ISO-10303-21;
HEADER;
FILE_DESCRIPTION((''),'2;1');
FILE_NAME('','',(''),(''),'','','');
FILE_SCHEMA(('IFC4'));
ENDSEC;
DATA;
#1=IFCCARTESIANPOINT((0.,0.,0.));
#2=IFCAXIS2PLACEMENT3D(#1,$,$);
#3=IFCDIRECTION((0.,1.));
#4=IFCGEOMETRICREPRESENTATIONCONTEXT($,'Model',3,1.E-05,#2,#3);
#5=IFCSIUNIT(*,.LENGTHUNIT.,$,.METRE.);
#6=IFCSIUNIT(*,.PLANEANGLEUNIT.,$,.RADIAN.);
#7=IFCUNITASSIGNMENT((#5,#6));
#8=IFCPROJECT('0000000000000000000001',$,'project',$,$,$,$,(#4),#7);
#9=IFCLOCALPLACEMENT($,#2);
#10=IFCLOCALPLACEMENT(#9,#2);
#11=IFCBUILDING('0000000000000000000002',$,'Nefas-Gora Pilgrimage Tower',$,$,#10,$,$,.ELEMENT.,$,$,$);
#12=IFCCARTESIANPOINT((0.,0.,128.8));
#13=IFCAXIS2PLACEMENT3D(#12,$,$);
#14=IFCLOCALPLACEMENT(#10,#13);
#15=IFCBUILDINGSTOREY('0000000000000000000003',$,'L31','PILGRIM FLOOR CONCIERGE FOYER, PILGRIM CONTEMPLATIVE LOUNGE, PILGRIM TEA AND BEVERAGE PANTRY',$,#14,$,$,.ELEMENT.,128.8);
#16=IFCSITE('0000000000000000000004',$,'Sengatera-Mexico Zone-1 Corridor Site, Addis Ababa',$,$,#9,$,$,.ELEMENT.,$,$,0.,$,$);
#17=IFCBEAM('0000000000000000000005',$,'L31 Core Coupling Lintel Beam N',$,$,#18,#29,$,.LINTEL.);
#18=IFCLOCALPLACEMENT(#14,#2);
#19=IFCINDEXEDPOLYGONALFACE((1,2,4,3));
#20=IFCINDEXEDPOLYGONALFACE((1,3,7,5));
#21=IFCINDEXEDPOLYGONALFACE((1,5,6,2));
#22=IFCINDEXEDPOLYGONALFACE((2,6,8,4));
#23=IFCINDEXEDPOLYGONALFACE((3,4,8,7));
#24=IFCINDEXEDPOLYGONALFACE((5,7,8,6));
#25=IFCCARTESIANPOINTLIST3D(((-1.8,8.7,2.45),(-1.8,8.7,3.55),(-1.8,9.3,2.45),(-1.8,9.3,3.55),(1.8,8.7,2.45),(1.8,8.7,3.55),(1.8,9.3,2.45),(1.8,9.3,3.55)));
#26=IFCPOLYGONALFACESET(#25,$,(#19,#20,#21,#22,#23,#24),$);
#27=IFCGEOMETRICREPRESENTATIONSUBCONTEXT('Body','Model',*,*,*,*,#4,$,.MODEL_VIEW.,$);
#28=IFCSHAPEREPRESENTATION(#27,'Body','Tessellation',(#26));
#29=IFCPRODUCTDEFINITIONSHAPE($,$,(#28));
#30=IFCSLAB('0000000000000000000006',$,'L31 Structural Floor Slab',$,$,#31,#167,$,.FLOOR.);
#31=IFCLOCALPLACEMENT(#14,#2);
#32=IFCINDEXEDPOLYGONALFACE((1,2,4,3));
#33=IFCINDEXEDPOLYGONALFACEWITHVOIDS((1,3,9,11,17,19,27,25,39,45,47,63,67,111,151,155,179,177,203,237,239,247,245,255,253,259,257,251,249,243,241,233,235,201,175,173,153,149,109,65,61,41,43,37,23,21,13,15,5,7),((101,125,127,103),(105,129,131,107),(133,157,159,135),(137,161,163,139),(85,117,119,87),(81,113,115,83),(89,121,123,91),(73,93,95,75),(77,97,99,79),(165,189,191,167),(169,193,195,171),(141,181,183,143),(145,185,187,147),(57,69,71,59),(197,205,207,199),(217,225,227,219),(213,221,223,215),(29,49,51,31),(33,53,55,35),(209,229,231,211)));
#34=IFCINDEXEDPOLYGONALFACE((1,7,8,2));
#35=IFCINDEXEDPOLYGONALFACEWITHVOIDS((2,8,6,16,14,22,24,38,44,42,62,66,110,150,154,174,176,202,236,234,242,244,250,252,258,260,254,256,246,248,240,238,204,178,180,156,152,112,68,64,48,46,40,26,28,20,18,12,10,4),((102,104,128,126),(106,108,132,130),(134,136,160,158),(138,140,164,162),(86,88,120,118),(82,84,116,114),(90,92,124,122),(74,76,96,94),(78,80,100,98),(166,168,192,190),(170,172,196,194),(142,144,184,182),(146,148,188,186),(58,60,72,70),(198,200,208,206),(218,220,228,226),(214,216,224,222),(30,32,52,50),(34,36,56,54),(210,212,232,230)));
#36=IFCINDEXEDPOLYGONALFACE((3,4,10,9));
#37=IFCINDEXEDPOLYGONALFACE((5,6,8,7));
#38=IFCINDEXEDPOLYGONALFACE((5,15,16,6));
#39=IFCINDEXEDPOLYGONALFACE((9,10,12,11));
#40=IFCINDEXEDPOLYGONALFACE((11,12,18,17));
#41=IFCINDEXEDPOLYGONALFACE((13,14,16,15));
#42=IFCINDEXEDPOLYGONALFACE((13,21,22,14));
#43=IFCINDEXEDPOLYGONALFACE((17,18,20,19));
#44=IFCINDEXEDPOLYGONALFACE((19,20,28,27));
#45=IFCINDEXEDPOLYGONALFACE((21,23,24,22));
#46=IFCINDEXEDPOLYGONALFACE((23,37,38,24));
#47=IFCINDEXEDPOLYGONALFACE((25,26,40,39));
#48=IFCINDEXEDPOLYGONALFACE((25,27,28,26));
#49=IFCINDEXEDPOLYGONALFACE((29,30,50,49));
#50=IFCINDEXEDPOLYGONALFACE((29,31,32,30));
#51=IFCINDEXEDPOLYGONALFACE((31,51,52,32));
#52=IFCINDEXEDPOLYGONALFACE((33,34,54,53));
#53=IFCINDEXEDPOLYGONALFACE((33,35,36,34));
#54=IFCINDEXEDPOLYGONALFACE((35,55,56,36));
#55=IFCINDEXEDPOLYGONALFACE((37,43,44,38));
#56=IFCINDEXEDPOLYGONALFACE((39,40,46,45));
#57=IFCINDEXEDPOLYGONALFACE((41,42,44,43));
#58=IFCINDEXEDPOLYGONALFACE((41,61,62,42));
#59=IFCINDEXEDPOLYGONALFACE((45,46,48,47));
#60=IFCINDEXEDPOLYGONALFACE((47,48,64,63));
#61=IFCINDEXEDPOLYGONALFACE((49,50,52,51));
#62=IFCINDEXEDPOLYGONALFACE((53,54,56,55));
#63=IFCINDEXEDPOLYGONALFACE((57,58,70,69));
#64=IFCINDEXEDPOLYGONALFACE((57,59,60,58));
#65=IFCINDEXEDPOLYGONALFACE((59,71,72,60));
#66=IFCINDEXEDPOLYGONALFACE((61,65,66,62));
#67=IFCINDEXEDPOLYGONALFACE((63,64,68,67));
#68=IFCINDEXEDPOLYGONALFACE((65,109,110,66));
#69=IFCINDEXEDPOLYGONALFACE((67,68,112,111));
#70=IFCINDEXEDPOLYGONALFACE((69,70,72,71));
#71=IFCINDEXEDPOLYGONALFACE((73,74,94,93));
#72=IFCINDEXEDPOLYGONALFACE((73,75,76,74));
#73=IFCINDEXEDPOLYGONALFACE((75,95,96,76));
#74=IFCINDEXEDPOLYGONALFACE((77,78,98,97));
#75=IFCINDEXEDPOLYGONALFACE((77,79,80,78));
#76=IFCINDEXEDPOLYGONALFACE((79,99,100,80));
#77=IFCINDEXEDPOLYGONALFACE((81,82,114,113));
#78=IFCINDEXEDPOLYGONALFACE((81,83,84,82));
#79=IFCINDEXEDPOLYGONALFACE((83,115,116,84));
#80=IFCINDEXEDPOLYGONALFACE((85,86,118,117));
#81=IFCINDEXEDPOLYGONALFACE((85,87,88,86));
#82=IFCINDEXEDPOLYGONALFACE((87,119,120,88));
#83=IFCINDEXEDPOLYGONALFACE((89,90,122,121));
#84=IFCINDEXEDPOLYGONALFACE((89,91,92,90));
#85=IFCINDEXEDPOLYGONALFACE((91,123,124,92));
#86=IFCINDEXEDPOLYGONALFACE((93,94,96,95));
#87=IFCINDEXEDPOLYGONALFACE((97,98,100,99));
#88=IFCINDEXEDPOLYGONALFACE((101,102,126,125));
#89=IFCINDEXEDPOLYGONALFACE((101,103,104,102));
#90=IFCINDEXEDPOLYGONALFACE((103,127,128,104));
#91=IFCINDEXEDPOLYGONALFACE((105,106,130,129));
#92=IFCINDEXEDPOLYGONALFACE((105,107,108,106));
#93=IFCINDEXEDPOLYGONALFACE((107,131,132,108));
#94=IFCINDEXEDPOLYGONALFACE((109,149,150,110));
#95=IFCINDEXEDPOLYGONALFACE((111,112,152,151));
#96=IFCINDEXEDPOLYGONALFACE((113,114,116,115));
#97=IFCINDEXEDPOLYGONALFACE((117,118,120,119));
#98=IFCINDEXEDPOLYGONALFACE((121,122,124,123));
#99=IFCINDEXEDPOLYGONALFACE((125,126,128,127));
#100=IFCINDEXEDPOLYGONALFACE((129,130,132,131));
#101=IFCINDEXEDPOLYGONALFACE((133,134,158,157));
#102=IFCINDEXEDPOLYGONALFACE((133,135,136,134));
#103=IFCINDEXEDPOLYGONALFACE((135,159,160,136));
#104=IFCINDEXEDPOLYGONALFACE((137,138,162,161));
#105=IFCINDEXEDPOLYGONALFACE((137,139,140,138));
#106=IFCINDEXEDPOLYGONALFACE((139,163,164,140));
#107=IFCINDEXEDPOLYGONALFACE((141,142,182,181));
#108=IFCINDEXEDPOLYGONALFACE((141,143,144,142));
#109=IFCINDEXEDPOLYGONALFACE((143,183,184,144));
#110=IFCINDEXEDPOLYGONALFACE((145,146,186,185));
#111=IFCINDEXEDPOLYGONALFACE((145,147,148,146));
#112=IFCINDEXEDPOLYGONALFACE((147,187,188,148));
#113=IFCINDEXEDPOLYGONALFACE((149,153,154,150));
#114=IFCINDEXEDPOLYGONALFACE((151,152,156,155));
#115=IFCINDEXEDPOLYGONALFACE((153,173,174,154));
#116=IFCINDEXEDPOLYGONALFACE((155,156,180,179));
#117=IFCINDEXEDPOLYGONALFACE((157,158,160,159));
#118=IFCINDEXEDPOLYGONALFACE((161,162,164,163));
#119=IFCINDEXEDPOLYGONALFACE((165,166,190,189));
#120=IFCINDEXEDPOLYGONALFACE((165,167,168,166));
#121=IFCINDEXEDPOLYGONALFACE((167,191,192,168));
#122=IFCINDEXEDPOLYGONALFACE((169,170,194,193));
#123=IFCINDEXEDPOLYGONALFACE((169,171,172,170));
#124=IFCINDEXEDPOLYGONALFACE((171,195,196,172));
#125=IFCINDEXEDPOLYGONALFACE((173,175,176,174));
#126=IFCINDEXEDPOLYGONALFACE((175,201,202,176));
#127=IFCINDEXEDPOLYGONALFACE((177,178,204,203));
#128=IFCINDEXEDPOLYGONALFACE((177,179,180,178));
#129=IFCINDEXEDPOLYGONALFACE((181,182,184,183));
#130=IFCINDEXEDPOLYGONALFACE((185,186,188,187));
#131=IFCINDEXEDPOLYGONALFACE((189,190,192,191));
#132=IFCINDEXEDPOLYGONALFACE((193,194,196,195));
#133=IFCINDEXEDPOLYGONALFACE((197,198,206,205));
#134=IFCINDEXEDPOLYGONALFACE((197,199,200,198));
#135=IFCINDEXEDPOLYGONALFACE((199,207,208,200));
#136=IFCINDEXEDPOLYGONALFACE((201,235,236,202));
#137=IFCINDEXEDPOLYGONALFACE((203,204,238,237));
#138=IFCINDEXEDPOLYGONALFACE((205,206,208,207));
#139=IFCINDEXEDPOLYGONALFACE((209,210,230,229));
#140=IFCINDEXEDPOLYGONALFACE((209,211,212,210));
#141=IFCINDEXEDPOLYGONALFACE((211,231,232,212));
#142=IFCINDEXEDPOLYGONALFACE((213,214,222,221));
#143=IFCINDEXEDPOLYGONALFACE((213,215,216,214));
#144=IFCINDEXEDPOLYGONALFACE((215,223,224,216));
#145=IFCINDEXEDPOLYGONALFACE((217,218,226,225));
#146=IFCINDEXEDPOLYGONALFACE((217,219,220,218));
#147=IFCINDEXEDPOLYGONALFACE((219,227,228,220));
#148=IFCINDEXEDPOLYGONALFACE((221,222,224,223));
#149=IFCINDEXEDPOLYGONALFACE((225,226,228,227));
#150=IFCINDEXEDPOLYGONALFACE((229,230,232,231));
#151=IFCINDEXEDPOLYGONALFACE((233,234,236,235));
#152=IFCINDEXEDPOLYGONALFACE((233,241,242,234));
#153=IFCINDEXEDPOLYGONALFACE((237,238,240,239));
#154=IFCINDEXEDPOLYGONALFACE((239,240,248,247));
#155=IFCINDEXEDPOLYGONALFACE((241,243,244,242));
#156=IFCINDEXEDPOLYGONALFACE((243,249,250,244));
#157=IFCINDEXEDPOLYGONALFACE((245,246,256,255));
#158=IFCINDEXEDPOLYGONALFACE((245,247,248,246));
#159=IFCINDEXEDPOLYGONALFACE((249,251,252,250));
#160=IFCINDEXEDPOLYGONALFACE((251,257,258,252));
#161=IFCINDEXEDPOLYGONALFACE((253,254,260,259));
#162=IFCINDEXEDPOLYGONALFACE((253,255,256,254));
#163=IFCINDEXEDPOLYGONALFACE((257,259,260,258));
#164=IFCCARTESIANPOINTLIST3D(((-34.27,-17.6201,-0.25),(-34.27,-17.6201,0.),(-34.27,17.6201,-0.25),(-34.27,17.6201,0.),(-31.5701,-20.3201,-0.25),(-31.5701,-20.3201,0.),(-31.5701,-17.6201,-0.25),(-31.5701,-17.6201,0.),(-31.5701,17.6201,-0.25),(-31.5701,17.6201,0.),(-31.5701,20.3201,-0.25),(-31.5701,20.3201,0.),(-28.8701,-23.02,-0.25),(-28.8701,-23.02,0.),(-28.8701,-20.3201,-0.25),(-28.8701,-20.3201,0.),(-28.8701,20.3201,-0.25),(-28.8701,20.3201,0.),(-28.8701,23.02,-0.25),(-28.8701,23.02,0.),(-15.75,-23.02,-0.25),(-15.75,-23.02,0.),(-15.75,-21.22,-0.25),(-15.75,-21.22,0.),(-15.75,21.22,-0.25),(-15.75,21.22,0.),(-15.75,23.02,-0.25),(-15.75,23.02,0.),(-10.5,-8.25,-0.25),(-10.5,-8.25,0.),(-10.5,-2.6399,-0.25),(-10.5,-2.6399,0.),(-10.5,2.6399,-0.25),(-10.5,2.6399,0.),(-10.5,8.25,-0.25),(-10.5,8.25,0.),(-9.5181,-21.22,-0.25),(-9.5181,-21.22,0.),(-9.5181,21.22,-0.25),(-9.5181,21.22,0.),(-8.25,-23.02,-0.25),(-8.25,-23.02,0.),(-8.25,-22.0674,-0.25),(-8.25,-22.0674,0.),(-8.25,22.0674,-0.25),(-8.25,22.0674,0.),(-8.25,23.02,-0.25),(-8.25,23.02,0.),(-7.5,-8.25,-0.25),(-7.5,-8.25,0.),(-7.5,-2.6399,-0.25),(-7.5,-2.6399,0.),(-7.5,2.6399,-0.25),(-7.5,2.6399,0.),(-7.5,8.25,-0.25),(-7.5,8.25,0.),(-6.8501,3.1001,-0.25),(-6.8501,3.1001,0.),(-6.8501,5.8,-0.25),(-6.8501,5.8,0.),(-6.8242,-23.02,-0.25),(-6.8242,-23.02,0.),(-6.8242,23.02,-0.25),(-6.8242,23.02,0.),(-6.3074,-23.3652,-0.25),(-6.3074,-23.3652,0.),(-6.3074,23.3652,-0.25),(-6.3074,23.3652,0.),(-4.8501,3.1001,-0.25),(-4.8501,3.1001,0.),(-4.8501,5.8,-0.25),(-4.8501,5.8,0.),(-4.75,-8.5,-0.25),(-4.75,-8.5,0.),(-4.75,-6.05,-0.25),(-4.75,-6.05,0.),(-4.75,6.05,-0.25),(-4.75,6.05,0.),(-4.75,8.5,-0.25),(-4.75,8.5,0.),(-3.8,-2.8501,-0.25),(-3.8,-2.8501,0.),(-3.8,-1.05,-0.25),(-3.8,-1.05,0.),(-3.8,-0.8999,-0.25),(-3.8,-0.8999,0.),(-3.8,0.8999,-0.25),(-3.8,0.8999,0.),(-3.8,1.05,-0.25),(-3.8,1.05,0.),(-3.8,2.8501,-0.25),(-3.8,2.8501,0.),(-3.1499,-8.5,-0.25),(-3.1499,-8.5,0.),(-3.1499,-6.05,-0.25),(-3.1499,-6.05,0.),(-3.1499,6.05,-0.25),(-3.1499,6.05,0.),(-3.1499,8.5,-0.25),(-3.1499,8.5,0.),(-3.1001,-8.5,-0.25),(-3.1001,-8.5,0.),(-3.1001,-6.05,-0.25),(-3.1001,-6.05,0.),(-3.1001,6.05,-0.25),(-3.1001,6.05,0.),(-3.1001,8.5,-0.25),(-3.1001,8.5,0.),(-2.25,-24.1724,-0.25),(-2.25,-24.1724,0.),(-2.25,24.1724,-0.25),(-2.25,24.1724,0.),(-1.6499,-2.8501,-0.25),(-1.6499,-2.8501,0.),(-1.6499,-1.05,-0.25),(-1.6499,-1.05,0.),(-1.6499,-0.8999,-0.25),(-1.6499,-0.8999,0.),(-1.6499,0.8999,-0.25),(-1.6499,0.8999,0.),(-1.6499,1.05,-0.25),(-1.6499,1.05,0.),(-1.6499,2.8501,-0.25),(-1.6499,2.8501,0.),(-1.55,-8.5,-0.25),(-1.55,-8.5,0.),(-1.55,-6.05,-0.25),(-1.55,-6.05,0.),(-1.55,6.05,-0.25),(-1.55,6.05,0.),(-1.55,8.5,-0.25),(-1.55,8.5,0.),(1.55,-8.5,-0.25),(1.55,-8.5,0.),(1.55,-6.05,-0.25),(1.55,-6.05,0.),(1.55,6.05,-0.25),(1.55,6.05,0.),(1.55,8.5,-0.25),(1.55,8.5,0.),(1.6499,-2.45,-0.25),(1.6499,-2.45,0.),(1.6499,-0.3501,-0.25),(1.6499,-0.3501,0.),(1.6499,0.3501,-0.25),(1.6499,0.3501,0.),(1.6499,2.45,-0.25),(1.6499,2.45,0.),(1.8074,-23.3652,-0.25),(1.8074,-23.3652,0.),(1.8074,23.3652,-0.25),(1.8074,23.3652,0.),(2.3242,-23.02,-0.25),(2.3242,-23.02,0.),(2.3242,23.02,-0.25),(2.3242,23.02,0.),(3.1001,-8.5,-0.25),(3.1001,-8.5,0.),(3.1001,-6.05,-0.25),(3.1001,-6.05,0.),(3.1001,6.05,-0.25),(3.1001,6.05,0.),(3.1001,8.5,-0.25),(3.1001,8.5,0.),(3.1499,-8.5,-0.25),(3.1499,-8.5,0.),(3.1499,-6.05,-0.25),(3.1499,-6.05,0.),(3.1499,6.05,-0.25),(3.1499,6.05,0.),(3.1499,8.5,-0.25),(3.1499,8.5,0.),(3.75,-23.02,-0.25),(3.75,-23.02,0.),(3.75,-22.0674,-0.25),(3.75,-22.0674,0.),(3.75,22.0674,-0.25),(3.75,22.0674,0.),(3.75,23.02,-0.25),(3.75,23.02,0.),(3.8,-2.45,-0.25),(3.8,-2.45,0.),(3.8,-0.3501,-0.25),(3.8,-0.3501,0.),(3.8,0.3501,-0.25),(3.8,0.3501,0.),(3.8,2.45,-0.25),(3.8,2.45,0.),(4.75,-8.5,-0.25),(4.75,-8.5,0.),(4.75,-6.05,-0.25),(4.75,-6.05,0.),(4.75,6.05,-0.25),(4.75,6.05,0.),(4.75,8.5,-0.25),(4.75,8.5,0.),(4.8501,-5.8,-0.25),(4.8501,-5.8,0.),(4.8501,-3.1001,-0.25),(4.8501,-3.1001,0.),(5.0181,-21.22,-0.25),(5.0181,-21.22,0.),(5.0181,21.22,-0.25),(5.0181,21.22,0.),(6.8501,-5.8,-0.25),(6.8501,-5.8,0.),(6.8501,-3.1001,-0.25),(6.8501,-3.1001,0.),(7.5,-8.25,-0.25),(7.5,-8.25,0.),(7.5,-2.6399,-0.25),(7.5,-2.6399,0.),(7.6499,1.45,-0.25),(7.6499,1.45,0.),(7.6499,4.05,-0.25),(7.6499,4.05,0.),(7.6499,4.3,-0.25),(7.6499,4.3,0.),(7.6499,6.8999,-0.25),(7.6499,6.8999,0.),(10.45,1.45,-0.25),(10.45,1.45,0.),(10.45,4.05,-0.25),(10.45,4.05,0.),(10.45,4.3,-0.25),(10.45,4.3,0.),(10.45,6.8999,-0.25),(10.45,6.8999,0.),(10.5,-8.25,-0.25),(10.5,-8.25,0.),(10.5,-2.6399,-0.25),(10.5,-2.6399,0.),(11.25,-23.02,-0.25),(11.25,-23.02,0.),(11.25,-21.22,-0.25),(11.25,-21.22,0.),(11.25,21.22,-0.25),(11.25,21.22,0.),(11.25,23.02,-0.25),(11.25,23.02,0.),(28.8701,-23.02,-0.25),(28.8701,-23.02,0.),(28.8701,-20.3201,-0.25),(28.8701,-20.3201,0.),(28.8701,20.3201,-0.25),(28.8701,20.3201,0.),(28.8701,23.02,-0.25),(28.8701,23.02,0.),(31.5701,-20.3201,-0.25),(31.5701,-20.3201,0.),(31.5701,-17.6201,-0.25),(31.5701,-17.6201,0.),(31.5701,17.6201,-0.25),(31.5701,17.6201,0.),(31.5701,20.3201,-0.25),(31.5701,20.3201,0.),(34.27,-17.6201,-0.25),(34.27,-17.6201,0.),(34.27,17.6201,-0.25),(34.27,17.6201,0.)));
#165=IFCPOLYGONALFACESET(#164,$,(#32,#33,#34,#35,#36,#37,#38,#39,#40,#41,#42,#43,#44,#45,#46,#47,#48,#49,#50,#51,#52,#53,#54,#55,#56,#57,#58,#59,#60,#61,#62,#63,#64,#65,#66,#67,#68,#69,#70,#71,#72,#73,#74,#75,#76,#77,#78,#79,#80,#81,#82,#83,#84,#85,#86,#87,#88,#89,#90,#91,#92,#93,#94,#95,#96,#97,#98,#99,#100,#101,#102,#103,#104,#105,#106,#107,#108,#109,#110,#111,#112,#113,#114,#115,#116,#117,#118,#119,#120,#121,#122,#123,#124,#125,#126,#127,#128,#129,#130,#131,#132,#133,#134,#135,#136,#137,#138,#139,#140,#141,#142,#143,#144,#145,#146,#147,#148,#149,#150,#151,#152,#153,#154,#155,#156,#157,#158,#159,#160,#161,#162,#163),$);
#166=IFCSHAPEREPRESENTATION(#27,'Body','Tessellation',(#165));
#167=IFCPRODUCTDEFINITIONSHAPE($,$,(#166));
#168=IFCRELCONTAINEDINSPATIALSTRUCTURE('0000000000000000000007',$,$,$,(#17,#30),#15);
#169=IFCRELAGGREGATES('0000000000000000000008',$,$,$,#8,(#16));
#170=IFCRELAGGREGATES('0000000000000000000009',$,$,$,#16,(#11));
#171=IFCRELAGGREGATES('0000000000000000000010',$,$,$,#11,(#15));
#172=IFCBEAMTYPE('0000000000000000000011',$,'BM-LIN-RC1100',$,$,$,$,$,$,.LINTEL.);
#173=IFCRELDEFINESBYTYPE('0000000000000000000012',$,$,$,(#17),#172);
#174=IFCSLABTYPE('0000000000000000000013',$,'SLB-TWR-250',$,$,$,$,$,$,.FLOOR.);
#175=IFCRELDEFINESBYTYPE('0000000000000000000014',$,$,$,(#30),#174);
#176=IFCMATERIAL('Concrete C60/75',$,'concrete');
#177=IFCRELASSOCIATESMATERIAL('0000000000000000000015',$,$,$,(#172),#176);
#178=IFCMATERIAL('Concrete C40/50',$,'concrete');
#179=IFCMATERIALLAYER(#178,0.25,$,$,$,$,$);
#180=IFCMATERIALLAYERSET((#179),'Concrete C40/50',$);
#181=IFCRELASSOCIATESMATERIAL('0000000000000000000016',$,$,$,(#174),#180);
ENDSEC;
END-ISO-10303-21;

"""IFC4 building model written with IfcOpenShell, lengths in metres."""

from ifc_helpers import new_model, si_unit, direction, frame, origin, origin_2d, place, context, subcontext, project, spatial, polyline, rectangle, outline, extrude, source, transform, mapped, material, layer, layer_set, material_profile, profile_set, type_object, element, save


model = new_model("IFC4")

# Units and contexts
model_context = context("Model", 3, precision=1e-05, world=origin(), true_north=direction((0.0, 1.0)))
body_context = subcontext(model_context, "Body", "Model", "MODEL_VIEW")
ifc_project = project(units=[si_unit("LENGTHUNIT", "METRE"), si_unit("PLANEANGLEUNIT", "RADIAN")], contexts=[model_context])

# Site, building, storey
site_placement = place(None, origin())
site = spatial("IfcSite", under=ifc_project, at=site_placement, Name="Sengatera-Mexico Zone-1 Corridor Site, Addis Ababa", CompositionType="ELEMENT", RefElevation=0.0)
building_placement = place(site_placement, origin())
building = spatial("IfcBuilding", under=site, at=building_placement, Name="Nefas-Gora Pilgrimage Tower", CompositionType="ELEMENT")
storey_placement = place(building_placement, frame((0.0, 0.0, 128.8)))
storey = spatial("IfcBuildingStorey", under=building, at=storey_placement, Name="L31", Description="PILGRIM FLOOR CONCIERGE FOYER, PILGRIM CONTEMPLATIVE LOUNGE, PILGRIM TEA AND BEVERAGE PANTRY", CompositionType="ELEMENT", Elevation=128.8)

# Beam
ifc_material_1 = material(Name="Concrete C60/75", Category="concrete")
ifc_material_profile = material_profile(ifc_material_1, rectangle(XDim=0.6001, YDim=1.1001, at=origin_2d()), Name="RC 600x1100")
ifc_profile_set = profile_set([ifc_material_profile], Name="Concrete C60/75")
beam_type = type_object("IfcBeamType", Name="BM-LIN-RC1100", PredefinedType="LINTEL", material=ifc_profile_set)
shared_shape_1 = source(origin(), body_context, "Body", "SweptSolid", [
    extrude(rectangle(XDim=0.6001, YDim=1.1001, at=origin_2d()), origin(), (0.0, 0.0, 1.0), 3.6001),
])
beam_placement = place(storey_placement, frame((-1.8, 9.0, 3.0), z_axis=(1.0, 0.0, 0.0), x_axis=(0.0, 1.0, 0.0)))
element("IfcBeam", 1, at=beam_placement, inside=storey, type_object=beam_type, Name="L31 Core Coupling Lintel Beam N", PredefinedType="LINTEL", context=body_context, shape_type="MappedRepresentation", body=[
    mapped(shared_shape_1, transform((0.0, 0.0, 0.0), x_axis=(1.0, 0.0, 0.0), y_axis=(0.0, 1.0, 0.0), z_axis=(0.0, 0.0, 1.0), scale=1.0)),
])

# Slab
ifc_material_2 = material(Name="Concrete C40/50", Category="concrete")
ifc_layer_1 = layer(ifc_material_2, 0.25)
ifc_layer_set_1 = layer_set([ifc_layer_1], Name="Concrete C40/50")
slab_type_1 = type_object("IfcSlabType", Name="SLB-TWR-250", PredefinedType="FLOOR", material=ifc_layer_set_1)
slab_1_placement = place(storey_placement, frame((0.0, 0.0, -0.25)))
element("IfcSlab", 2, at=slab_1_placement, inside=storey, type_object=slab_type_1, Name="L31 Structural Floor Slab", PredefinedType="FLOOR", context=body_context, shape_type="SweptSolid", body=[
    extrude(outline(polyline([(5.0181, -21.22), (11.25, -21.22), (11.25, -23.02), (28.8701, -23.02), (28.8701, -20.3201), (31.5701, -20.3201), (31.5701, -17.6201), (34.27, -17.6201), (34.27, 17.6201), (31.5701, 17.6201), (31.5701, 20.3201), (28.8701, 20.3201), (28.8701, 23.02), (11.25, 23.02), (11.25, 21.22), (5.0181, 21.22), (3.75, 22.0674), (3.75, 23.02), (2.3242, 23.02), (1.8074, 23.3652), (-2.25, 24.1724), (-6.3074, 23.3652), (-6.8242, 23.02), (-8.25, 23.02), (-8.25, 22.0674), (-9.5181, 21.22), (-15.75, 21.22), (-15.75, 23.02), (-28.8701, 23.02), (-28.8701, 20.3201), (-31.5701, 20.3201), (-31.5701, 17.6201), (-34.27, 17.6201), (-34.27, -17.6201), (-31.5701, -17.6201), (-31.5701, -20.3201), (-28.8701, -20.3201), (-28.8701, -23.02), (-15.75, -23.02), (-15.75, -21.22), (-9.5181, -21.22), (-8.25, -22.0674), (-8.25, -23.02), (-6.8242, -23.02), (-6.3074, -23.3652), (-2.25, -24.1724), (1.8074, -23.3652), (2.3242, -23.02), (3.75, -23.02), (3.75, -22.0674), (5.0181, -21.22)]), holes=[polyline([(-10.5, 2.6399), (-10.5, 8.25), (-7.5, 8.25), (-7.5, 2.6399), (-10.5, 2.6399)]), polyline([(10.5, -2.6399), (10.5, -8.25), (7.5, -8.25), (7.5, -2.6399), (10.5, -2.6399)]), polyline([(-7.5, -2.6399), (-7.5, -8.25), (-10.5, -8.25), (-10.5, -2.6399), (-7.5, -2.6399)]), polyline([(-6.8501, 5.8), (-4.8501, 5.8), (-4.8501, 3.1001), (-6.8501, 3.1001), (-6.8501, 5.8)]), polyline([(4.8501, -3.1001), (6.8501, -3.1001), (6.8501, -5.8), (4.8501, -5.8), (4.8501, -3.1001)]), polyline([(7.6499, 4.05), (10.45, 4.05), (10.45, 1.45), (7.6499, 1.45), (7.6499, 4.05)]), polyline([(7.6499, 6.8999), (10.45, 6.8999), (10.45, 4.3), (7.6499, 4.3), (7.6499, 6.8999)]), polyline([(-4.75, 8.5), (-3.1499, 8.5), (-3.1499, 6.05), (-4.75, 6.05), (-4.75, 8.5)]), polyline([(-3.1001, 8.5), (-1.55, 8.5), (-1.55, 6.05), (-3.1001, 6.05), (-3.1001, 8.5)]), polyline([(1.55, 8.5), (3.1001, 8.5), (3.1001, 6.05), (1.55, 6.05), (1.55, 8.5)]), polyline([(3.1499, 8.5), (4.75, 8.5), (4.75, 6.05), (3.1499, 6.05), (3.1499, 8.5)]), polyline([(-4.75, -6.05), (-3.1499, -6.05), (-3.1499, -8.5), (-4.75, -8.5), (-4.75, -6.05)]), polyline([(-3.1001, -6.05), (-1.55, -6.05), (-1.55, -8.5), (-3.1001, -8.5), (-3.1001, -6.05)]), polyline([(1.55, -6.05), (3.1001, -6.05), (3.1001, -8.5), (1.55, -8.5), (1.55, -6.05)]), polyline([(3.1499, -6.05), (4.75, -6.05), (4.75, -8.5), (3.1499, -8.5), (3.1499, -6.05)]), polyline([(-3.8, -1.05), (-1.6499, -1.05), (-1.6499, -2.8501), (-3.8, -2.8501), (-3.8, -1.05)]), polyline([(-3.8, 0.8999), (-1.6499, 0.8999), (-1.6499, -0.8999), (-3.8, -0.8999), (-3.8, 0.8999)]), polyline([(-3.8, 2.8501), (-1.6499, 2.8501), (-1.6499, 1.05), (-3.8, 1.05), (-3.8, 2.8501)]), polyline([(1.6499, -0.3501), (3.8, -0.3501), (3.8, -2.45), (1.6499, -2.45), (1.6499, -0.3501)]), polyline([(1.6499, 2.45), (3.8, 2.45), (3.8, 0.3501), (1.6499, 0.3501), (1.6499, 2.45)])]), origin(), (0.0, 0.0, 1.0), 0.25),
])

save(model, "model.ifc")
